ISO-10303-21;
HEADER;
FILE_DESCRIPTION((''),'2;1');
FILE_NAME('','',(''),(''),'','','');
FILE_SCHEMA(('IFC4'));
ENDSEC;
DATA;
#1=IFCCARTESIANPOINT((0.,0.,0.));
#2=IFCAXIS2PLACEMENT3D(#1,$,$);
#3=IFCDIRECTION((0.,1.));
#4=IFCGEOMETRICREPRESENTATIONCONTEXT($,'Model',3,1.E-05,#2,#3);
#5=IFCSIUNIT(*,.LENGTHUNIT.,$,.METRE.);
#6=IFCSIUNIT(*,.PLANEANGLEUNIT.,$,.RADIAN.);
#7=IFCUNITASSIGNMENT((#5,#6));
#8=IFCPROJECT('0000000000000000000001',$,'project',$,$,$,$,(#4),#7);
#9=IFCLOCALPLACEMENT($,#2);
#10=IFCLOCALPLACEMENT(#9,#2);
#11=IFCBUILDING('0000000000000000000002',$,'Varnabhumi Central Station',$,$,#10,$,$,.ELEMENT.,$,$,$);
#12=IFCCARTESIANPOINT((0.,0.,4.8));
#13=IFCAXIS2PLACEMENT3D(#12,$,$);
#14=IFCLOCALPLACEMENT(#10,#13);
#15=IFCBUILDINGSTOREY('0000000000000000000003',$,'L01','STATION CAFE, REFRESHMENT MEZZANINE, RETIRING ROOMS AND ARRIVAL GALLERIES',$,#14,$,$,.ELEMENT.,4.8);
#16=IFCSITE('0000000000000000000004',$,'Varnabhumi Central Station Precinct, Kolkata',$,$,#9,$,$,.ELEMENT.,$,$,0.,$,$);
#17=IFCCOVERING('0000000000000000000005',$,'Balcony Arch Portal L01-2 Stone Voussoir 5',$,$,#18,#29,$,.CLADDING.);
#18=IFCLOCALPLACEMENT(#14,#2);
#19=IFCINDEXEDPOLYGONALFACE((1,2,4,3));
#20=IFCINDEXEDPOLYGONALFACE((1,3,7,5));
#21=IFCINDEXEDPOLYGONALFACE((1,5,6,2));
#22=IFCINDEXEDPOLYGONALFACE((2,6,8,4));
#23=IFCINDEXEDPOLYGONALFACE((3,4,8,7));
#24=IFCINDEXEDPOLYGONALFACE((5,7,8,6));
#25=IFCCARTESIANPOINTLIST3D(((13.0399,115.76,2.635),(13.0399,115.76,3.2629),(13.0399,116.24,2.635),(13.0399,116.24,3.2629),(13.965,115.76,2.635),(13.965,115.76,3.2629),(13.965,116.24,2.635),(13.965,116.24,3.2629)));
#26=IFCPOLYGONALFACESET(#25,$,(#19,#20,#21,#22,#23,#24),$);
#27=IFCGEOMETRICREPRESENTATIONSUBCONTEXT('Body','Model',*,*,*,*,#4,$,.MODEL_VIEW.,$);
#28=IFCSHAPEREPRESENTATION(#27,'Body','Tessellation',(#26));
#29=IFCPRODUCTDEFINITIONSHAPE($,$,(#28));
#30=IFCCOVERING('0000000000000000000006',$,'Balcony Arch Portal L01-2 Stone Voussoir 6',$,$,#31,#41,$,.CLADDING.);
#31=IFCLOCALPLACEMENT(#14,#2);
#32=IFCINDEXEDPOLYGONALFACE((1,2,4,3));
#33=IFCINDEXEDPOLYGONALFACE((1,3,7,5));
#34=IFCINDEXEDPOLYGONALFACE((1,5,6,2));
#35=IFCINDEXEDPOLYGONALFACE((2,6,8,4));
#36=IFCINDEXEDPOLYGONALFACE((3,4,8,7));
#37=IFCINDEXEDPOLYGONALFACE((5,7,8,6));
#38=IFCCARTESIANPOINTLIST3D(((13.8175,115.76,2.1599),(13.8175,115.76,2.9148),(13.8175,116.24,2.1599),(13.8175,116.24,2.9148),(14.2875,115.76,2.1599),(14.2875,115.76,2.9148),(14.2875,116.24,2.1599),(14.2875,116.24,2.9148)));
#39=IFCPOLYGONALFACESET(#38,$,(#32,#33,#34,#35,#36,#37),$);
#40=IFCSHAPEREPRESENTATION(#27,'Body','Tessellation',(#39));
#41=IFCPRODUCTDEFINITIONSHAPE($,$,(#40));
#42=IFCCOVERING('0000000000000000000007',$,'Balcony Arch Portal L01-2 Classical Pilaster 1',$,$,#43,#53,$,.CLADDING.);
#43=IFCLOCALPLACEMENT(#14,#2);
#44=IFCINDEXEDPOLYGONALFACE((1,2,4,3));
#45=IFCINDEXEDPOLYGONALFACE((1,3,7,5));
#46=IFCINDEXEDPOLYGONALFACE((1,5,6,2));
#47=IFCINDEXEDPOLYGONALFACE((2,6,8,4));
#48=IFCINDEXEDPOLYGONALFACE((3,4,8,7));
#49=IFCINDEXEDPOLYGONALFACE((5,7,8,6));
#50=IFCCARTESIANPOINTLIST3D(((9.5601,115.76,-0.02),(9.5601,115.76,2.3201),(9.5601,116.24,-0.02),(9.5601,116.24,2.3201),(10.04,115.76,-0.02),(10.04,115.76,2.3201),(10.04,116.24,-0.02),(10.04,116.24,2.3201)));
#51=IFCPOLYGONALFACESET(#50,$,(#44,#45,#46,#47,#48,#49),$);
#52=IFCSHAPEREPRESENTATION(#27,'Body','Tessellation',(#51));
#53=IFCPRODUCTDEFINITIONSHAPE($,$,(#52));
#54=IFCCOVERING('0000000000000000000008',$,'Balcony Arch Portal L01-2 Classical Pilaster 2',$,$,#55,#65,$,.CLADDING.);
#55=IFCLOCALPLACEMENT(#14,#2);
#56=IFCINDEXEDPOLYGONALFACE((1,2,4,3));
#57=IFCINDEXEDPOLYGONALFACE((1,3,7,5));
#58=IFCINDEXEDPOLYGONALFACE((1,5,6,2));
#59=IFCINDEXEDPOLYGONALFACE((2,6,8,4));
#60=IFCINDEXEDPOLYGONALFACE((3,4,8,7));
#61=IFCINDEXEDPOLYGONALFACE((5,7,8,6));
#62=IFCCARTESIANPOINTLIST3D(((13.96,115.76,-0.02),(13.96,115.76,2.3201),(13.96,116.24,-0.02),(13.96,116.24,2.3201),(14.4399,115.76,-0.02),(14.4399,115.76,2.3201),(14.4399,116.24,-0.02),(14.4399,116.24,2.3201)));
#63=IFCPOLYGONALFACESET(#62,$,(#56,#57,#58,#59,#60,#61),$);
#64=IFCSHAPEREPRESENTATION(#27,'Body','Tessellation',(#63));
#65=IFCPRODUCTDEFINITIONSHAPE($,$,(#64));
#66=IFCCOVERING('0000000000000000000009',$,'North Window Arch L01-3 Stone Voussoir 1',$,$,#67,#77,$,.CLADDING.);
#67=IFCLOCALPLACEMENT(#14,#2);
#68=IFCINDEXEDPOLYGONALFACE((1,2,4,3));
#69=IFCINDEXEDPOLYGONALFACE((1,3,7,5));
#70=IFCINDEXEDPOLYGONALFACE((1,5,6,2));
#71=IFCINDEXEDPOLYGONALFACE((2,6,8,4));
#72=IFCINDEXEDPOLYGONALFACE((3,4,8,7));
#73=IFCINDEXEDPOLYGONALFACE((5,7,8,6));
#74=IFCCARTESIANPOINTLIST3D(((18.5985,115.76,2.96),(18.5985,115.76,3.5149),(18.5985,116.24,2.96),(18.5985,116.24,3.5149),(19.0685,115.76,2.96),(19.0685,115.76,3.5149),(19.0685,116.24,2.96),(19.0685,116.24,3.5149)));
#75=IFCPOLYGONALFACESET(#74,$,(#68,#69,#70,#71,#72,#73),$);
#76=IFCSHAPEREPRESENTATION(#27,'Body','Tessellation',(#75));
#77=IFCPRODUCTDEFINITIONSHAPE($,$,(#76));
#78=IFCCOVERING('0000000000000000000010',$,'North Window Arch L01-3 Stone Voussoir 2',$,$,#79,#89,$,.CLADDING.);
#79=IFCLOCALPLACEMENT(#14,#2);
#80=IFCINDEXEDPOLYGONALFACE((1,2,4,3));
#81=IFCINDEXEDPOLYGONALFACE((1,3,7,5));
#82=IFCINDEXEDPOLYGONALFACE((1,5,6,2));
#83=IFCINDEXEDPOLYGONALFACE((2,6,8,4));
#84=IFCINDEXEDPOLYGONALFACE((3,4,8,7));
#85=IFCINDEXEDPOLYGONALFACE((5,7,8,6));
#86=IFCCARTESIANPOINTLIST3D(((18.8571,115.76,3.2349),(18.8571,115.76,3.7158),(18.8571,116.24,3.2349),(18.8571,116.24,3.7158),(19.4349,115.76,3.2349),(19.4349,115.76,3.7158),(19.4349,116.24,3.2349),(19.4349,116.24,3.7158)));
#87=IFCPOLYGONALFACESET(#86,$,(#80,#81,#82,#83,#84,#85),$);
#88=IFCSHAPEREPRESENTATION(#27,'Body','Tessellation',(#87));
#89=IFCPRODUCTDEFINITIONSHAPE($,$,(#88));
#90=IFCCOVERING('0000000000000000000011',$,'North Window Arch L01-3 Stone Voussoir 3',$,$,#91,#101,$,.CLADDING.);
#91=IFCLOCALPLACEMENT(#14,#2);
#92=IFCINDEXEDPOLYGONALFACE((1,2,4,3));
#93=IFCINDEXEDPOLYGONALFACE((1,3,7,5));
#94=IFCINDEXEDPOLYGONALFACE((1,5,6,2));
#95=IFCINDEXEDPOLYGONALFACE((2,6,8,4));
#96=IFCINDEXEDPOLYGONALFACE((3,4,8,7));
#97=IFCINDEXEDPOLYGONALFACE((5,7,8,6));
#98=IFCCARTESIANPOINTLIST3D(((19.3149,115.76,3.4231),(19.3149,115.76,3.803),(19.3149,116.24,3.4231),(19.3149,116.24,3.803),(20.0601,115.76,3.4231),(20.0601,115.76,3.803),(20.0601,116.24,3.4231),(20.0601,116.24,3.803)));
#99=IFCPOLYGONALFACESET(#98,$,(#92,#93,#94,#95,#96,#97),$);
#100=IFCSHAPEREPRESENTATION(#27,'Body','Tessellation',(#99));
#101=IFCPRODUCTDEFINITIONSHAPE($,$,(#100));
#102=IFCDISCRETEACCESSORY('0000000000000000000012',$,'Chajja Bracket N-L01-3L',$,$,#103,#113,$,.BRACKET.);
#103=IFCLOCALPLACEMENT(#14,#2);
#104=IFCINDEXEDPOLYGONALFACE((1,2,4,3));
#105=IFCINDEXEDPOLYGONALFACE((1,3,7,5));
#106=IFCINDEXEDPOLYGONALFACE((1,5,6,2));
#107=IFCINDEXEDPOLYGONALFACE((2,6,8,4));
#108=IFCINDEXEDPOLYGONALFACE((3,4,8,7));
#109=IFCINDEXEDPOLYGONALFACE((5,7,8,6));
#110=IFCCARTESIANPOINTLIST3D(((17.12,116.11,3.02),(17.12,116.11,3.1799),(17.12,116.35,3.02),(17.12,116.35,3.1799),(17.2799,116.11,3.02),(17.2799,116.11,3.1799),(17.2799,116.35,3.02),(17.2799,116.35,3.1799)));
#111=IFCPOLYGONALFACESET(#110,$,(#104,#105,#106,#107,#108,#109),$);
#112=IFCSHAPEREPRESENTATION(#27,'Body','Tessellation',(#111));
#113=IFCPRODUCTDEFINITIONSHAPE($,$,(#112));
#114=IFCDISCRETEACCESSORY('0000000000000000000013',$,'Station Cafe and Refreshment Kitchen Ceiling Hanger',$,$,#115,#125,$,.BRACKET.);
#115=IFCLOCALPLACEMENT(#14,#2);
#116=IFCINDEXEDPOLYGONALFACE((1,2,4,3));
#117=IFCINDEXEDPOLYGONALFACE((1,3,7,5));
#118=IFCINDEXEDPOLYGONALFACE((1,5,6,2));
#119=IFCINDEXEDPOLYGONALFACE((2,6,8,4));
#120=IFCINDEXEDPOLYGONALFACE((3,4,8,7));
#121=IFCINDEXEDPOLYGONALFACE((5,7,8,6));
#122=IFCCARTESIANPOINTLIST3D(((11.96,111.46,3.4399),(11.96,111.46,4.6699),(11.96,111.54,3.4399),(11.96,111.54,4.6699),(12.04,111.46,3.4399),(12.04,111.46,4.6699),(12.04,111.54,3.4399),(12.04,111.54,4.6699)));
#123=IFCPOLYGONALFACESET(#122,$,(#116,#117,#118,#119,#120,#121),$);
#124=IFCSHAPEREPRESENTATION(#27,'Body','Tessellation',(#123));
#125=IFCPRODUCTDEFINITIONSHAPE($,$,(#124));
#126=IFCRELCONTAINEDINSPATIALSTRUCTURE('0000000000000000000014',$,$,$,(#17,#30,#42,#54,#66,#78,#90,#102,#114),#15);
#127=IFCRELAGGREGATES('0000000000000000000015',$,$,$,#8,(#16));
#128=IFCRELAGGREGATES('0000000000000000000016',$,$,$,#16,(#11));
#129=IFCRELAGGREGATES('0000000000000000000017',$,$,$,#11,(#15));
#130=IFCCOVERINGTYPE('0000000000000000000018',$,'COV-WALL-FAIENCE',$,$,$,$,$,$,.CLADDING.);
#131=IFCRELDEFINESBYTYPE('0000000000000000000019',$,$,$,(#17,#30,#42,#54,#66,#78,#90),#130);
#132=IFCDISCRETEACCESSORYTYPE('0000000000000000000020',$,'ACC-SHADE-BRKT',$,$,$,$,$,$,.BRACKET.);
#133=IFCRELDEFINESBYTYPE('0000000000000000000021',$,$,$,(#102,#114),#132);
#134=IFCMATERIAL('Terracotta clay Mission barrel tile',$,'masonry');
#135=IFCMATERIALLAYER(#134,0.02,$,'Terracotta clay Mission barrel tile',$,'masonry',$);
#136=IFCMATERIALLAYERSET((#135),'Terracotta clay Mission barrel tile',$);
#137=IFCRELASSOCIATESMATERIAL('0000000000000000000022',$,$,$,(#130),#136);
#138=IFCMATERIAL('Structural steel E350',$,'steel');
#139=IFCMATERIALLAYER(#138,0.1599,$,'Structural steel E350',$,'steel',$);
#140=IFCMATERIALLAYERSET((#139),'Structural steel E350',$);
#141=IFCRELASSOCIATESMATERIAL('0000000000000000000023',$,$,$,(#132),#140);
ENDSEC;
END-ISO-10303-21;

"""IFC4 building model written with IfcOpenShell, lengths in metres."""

from ifc_helpers import new_model, si_unit, direction, frame, origin, origin_2d, place, context, subcontext, project, spatial, rectangle, extrude, material, layer, layer_set, type_object, element, save


model = new_model("IFC4")

# Units and contexts
model_context = context("Model", 3, precision=1e-05, world=origin(), true_north=direction((0.0, 1.0)))
body_context = subcontext(model_context, "Body", "Model", "MODEL_VIEW")
ifc_project = project(units=[si_unit("LENGTHUNIT", "METRE"), si_unit("PLANEANGLEUNIT", "RADIAN")], contexts=[model_context])

# Site, building, storey
site_placement = place(None, origin())
site = spatial("IfcSite", under=ifc_project, at=site_placement, Name="Varnabhumi Central Station Precinct, Kolkata", CompositionType="ELEMENT", RefElevation=0.0)
building_placement = place(site_placement, origin())
building = spatial("IfcBuilding", under=site, at=building_placement, Name="Varnabhumi Central Station", CompositionType="ELEMENT")
storey_placement = place(building_placement, frame((0.0, 0.0, 4.8)))
storey = spatial("IfcBuildingStorey", under=building, at=storey_placement, Name="L01", Description="STATION CAFE, REFRESHMENT MEZZANINE, RETIRING ROOMS AND ARRIVAL GALLERIES", CompositionType="ELEMENT", Elevation=4.8)

# Coverings
ifc_material_1 = material(Name="Terracotta clay Mission barrel tile", Category="masonry")
ifc_layer_1 = layer(ifc_material_1, 0.02, Name="Terracotta clay Mission barrel tile", Category="masonry")
ifc_layer_set_1 = layer_set([ifc_layer_1], Name="Terracotta clay Mission barrel tile")
covering_type = type_object("IfcCoveringType", Name="COV-WALL-FAIENCE", PredefinedType="CLADDING", material=ifc_layer_set_1)
covering_1_placement = place(storey_placement, frame((13.5024, 116.0, 2.635), z_axis=(0.0, 0.0, 1.0), x_axis=(1.0, 0.0, 0.0)))
element("IfcCovering", 1, at=covering_1_placement, inside=storey, type_object=covering_type, Name="Balcony Arch Portal L01-2 Stone Voussoir 5", PredefinedType="CLADDING", context=body_context, shape_type="SweptSolid", body=[
    extrude(rectangle(XDim=0.925, YDim=0.48, at=origin_2d()), origin(), (0.0, 0.0, 1.0), 0.6279),
])
covering_2_placement = place(storey_placement, frame((14.0525, 116.0, 2.1599), z_axis=(0.0, 0.0, 1.0), x_axis=(1.0, 0.0, 0.0)))
element("IfcCovering", 2, at=covering_2_placement, inside=storey, type_object=covering_type, Name="Balcony Arch Portal L01-2 Stone Voussoir 6", PredefinedType="CLADDING", context=body_context, shape_type="SweptSolid", body=[
    extrude(rectangle(XDim=0.47, YDim=0.48, at=origin_2d()), origin(), (0.0, 0.0, 1.0), 0.7549),
])
for number, where, z_axis, x_axis, name in (
    (3, (9.8, 116.0, -0.02), (0.0, 0.0, 1.0), (1.0, 0.0, 0.0), "Balcony Arch Portal L01-2 Classical Pilaster 1"),
    (4, (14.2, 116.0, -0.02), (0.0, 0.0, 1.0), (1.0, 0.0, 0.0), "Balcony Arch Portal L01-2 Classical Pilaster 2"),
):
    element("IfcCovering", number, at=place(storey_placement, frame(where, z_axis=z_axis, x_axis=x_axis)), inside=storey, type_object=covering_type, Name=name, PredefinedType="CLADDING", context=body_context, shape_type="SweptSolid", body=[
        extrude(rectangle(XDim=0.48, YDim=0.48, at=origin_2d()), origin(), (0.0, 0.0, 1.0), 2.3401),
    ])
covering_3_placement = place(storey_placement, frame((18.8335, 116.0, 2.96), z_axis=(0.0, 0.0, 1.0), x_axis=(1.0, 0.0, 0.0)))
element("IfcCovering", 5, at=covering_3_placement, inside=storey, type_object=covering_type, Name="North Window Arch L01-3 Stone Voussoir 1", PredefinedType="CLADDING", context=body_context, shape_type="SweptSolid", body=[
    extrude(rectangle(XDim=0.47, YDim=0.48, at=origin_2d()), origin(), (0.0, 0.0, 1.0), 0.5549),
])
covering_4_placement = place(storey_placement, frame((19.146, 116.0, 3.2349), z_axis=(0.0, 0.0, 1.0), x_axis=(1.0, 0.0, 0.0)))
element("IfcCovering", 6, at=covering_4_placement, inside=storey, type_object=covering_type, Name="North Window Arch L01-3 Stone Voussoir 2", PredefinedType="CLADDING", context=body_context, shape_type="SweptSolid", body=[
    extrude(rectangle(XDim=0.5779, YDim=0.48, at=origin_2d()), origin(), (0.0, 0.0, 1.0), 0.481),
])
covering_5_placement = place(storey_placement, frame((19.6875, 116.0, 3.4231), z_axis=(0.0, 0.0, 1.0), x_axis=(1.0, 0.0, 0.0)))
element("IfcCovering", 7, at=covering_5_placement, inside=storey, type_object=covering_type, Name="North Window Arch L01-3 Stone Voussoir 3", PredefinedType="CLADDING", context=body_context, shape_type="SweptSolid", body=[
    extrude(rectangle(XDim=0.7451, YDim=0.48, at=origin_2d()), origin(), (0.0, 0.0, 1.0), 0.3799),
])

# Discrete accessories
ifc_material_2 = material(Name="Structural steel E350", Category="steel")
ifc_layer_2 = layer(ifc_material_2, 0.1599, Name="Structural steel E350", Category="steel")
ifc_layer_set_2 = layer_set([ifc_layer_2], Name="Structural steel E350")
discrete_accessory_type = type_object("IfcDiscreteAccessoryType", Name="ACC-SHADE-BRKT", PredefinedType="BRACKET", material=ifc_layer_set_2)
discrete_accessory_1_placement = place(storey_placement, frame((17.2, 116.23, 3.02), z_axis=(0.0, 0.0, 1.0), x_axis=(1.0, 0.0, 0.0)))
element("IfcDiscreteAccessory", 8, at=discrete_accessory_1_placement, inside=storey, type_object=discrete_accessory_type, Name="Chajja Bracket N-L01-3L", PredefinedType="BRACKET", context=body_context, shape_type="SweptSolid", body=[
    extrude(rectangle(XDim=0.1599, YDim=0.24, at=origin_2d()), origin(), (0.0, 0.0, 1.0), 0.1599),
])
discrete_accessory_2_placement = place(storey_placement, frame((12.0, 111.5, 3.4399), z_axis=(0.0, 0.0, 1.0), x_axis=(1.0, 0.0, 0.0)))
element("IfcDiscreteAccessory", 9, at=discrete_accessory_2_placement, inside=storey, type_object=discrete_accessory_type, Name="Station Cafe and Refreshment Kitchen Ceiling Hanger", PredefinedType="BRACKET", context=body_context, shape_type="SweptSolid", body=[
    extrude(rectangle(XDim=0.0801, YDim=0.0801, at=origin_2d()), origin(), (0.0, 0.0, 1.0), 1.23),
])

save(model, "model.ifc")
